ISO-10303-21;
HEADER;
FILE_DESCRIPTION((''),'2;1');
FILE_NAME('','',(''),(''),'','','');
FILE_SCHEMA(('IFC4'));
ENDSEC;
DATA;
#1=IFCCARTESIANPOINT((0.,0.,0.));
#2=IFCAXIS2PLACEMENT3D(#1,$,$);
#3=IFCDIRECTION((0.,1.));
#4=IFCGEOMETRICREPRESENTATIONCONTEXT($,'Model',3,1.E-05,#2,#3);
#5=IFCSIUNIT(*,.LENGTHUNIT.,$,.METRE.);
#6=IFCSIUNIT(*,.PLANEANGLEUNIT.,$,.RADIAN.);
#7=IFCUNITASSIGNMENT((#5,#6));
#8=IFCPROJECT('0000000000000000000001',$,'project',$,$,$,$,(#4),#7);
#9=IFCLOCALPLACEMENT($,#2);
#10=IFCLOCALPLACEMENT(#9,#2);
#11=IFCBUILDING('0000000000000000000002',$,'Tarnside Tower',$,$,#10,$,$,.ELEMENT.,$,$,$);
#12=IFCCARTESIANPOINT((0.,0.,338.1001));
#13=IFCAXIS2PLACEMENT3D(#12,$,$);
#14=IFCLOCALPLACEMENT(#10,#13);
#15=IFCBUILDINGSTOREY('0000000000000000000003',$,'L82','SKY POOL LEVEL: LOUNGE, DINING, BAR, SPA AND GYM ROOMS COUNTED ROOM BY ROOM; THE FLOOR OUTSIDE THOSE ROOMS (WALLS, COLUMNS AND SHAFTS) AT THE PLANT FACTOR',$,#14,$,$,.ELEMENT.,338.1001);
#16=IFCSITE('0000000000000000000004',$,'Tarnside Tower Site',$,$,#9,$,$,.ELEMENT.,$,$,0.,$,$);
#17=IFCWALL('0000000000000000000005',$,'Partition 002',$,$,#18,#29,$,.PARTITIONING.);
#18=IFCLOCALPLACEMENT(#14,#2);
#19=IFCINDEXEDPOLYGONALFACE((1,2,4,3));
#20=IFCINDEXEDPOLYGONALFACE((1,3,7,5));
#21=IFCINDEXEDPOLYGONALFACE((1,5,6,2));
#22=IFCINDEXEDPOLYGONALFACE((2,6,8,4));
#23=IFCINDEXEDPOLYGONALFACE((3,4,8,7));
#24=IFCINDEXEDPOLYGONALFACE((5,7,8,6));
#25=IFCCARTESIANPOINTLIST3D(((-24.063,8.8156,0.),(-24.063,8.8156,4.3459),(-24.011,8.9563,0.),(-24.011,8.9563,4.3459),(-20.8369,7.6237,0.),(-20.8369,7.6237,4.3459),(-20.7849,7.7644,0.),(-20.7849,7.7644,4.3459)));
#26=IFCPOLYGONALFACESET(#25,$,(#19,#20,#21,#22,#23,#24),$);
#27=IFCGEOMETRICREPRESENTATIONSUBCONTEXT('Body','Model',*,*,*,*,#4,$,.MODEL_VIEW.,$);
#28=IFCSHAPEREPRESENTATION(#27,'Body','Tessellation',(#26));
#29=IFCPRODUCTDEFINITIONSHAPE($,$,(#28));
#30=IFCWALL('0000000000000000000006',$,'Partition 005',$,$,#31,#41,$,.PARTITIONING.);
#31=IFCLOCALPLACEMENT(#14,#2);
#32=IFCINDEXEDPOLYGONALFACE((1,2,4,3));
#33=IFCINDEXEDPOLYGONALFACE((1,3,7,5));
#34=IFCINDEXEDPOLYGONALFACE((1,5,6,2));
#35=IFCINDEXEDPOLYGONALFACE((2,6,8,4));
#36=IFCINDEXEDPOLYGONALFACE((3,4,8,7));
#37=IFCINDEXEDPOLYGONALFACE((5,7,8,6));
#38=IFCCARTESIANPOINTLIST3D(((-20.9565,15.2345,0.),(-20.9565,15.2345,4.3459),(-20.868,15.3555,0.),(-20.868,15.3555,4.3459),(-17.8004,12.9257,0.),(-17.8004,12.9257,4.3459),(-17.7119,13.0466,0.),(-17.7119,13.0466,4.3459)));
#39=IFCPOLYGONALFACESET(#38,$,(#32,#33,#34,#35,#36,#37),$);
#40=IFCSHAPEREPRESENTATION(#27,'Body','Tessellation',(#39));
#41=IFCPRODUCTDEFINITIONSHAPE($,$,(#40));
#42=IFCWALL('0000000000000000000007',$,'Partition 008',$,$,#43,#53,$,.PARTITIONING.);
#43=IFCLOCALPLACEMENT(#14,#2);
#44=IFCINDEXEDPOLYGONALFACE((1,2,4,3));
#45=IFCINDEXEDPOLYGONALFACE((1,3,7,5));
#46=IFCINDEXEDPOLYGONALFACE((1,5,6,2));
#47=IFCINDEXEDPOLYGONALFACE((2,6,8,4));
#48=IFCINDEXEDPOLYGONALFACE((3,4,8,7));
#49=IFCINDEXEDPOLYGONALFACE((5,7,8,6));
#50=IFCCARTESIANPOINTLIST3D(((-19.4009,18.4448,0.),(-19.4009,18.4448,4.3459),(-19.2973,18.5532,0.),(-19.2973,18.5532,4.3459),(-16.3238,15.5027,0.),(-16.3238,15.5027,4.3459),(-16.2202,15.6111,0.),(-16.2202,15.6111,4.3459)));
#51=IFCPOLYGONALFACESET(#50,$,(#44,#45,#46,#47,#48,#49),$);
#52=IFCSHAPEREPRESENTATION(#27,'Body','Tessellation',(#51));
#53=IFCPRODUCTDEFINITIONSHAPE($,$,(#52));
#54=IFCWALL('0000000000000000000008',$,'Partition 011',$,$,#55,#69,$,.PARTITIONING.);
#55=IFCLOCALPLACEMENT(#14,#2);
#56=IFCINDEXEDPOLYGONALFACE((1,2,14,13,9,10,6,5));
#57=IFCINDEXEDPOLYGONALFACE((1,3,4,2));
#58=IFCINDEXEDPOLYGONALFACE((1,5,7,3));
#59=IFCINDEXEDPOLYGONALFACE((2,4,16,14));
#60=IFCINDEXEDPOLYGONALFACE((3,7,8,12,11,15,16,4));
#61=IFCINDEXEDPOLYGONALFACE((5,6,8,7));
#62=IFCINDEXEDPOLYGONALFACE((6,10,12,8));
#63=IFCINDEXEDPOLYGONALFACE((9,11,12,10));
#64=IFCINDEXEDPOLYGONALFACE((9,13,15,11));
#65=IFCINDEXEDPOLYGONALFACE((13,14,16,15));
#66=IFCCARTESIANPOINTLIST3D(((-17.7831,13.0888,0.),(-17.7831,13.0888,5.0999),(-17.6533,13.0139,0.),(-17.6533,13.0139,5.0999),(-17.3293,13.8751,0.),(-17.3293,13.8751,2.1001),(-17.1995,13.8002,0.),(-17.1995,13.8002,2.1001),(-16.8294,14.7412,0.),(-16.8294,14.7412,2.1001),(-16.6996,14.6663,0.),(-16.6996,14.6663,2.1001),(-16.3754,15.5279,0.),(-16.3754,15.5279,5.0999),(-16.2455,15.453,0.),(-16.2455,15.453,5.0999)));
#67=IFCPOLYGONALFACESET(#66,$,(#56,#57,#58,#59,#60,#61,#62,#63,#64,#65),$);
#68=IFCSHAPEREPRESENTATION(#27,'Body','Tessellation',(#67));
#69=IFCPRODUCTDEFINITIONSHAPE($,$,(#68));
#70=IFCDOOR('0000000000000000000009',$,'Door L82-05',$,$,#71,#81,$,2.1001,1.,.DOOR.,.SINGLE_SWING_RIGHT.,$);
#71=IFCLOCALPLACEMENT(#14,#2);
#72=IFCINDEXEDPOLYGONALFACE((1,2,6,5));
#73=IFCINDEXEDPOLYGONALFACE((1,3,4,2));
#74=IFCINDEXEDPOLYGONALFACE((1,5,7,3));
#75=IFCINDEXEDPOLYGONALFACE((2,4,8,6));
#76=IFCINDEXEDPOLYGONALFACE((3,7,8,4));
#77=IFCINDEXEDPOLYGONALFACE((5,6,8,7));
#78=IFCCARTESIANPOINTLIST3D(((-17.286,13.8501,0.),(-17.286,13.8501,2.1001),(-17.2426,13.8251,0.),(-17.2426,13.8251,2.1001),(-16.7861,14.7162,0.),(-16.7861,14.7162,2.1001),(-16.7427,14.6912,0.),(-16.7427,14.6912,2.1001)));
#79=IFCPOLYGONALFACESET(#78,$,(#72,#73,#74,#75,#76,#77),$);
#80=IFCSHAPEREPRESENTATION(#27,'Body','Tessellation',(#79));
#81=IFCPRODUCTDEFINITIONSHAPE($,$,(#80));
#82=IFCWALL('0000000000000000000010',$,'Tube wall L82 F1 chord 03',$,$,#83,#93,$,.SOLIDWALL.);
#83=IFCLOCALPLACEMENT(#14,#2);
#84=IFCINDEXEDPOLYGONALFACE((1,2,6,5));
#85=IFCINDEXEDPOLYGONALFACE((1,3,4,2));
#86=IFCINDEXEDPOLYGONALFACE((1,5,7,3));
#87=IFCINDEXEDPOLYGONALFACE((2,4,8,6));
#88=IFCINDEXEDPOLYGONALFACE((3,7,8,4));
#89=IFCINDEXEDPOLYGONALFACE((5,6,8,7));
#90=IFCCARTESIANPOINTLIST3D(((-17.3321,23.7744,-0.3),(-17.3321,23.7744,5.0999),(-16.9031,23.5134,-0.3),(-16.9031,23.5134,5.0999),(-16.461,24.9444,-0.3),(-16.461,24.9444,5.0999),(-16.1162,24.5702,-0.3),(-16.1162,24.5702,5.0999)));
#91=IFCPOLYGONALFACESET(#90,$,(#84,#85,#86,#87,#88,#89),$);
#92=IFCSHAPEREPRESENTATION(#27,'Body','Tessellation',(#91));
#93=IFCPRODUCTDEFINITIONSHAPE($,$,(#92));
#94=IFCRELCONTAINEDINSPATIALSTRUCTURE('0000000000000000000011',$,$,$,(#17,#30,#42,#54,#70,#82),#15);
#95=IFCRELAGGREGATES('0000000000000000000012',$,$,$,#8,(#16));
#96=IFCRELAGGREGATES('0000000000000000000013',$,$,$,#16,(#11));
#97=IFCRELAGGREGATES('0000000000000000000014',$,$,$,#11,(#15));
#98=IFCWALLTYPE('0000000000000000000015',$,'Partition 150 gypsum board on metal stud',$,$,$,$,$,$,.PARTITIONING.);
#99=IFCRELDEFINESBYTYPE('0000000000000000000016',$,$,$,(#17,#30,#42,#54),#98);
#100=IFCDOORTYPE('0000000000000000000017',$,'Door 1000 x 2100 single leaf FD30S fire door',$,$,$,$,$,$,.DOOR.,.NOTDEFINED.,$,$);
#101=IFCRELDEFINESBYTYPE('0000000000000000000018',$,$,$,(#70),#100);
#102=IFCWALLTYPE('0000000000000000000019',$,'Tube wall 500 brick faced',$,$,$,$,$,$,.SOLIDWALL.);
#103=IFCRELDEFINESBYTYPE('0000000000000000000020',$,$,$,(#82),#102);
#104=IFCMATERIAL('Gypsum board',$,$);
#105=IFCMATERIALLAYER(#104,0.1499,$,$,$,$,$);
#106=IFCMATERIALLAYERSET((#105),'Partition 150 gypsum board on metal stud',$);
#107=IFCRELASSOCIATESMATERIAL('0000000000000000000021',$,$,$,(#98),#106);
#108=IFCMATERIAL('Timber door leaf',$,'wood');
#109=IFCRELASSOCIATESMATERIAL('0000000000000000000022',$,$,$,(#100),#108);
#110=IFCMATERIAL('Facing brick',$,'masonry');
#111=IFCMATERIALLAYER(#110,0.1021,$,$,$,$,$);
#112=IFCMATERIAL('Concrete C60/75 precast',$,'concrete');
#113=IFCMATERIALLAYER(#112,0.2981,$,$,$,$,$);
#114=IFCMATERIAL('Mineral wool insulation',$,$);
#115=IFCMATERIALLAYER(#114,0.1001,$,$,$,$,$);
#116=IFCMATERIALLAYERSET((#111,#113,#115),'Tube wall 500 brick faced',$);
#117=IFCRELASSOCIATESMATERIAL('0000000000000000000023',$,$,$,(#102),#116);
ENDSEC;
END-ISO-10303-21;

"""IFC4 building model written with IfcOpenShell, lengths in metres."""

from ifc_helpers import new_model, si_unit, direction, frame, frame_2d, origin, place, context, subcontext, project, spatial, polyline, rectangle, outline, extrude, material, layer, layer_set, type_object, element, fill, save


model = new_model("IFC4")

# Units and contexts
model_context = context("Model", 3, precision=1e-05, world=origin(), true_north=direction((0.0, 1.0)))
body_context = subcontext(model_context, "Body", "Model", "MODEL_VIEW")
ifc_project = project(units=[si_unit("LENGTHUNIT", "METRE"), si_unit("PLANEANGLEUNIT", "RADIAN")], contexts=[model_context])

# Site, building, storey
site_placement = place(None, origin())
site = spatial("IfcSite", under=ifc_project, at=site_placement, Name="Tarnside Tower Site", CompositionType="ELEMENT", RefElevation=0.0)
building_placement = place(site_placement, origin())
building = spatial("IfcBuilding", under=site, at=building_placement, Name="Tarnside Tower", CompositionType="ELEMENT")
storey_placement = place(building_placement, frame((0.0, 0.0, 338.1001)))
storey = spatial("IfcBuildingStorey", under=building, at=storey_placement, Name="L82", Description="SKY POOL LEVEL: LOUNGE, DINING, BAR, SPA AND GYM ROOMS COUNTED ROOM BY ROOM; THE FLOOR OUTSIDE THOSE ROOMS (WALLS, COLUMNS AND SHAFTS) AT THE PLANT FACTOR", CompositionType="ELEMENT", Elevation=338.1001)

# Walls
ifc_material_1 = material(Name="Gypsum board")
ifc_layer_1 = layer(ifc_material_1, 0.1499)
ifc_layer_set_1 = layer_set([ifc_layer_1], Name="Partition 150 gypsum board on metal stud")
wall_type_1 = type_object("IfcWallType", Name="Partition 150 gypsum board on metal stud", PredefinedType="PARTITIONING", material=ifc_layer_set_1)
wall_1_placement = place(storey_placement, frame((-24.0371, 8.886, 0.0), z_axis=(0.0, 0.0, 1.0), x_axis=(0.938028, -0.346561, 0.0)))
element("IfcWall", 1, at=wall_1_placement, inside=storey, type_object=wall_type_1, Name="Partition 002", PredefinedType="PARTITIONING", context=body_context, shape_type="SweptSolid", body=[
    extrude(rectangle(XDim=3.4392, YDim=0.1499, at=frame_2d((1.7197, 0.0))), origin(), (0.0, 0.0, 1.0), 4.3459),
])
wall_2_placement = place(storey_placement, frame((-20.9121, 15.2949, 0.0), z_axis=(0.0, 0.0, 1.0), x_axis=(0.807083, -0.590438, 0.0)))
element("IfcWall", 2, at=wall_2_placement, inside=storey, type_object=wall_type_1, Name="Partition 005", PredefinedType="PARTITIONING", context=body_context, shape_type="SweptSolid", body=[
    extrude(rectangle(XDim=3.9104, YDim=0.1499, at=frame_2d((1.9551, 0.0))), origin(), (0.0, 0.0, 1.0), 4.3459),
])
wall_3_placement = place(storey_placement, frame((-19.3491, 18.499, 0.0), z_axis=(0.0, 0.0, 1.0), x_axis=(0.722785, -0.691073, 0.0)))
element("IfcWall", 3, at=wall_3_placement, inside=storey, type_object=wall_type_1, Name="Partition 008", PredefinedType="PARTITIONING", context=body_context, shape_type="SweptSolid", body=[
    extrude(rectangle(XDim=4.2573, YDim=0.1499, at=frame_2d((2.1287, 0.0))), origin(), (0.0, 0.0, 1.0), 4.3459),
])

# Wall, opening, door
wall_4_placement = place(storey_placement, frame((-17.7183, 13.0513, 0.0), z_axis=(0.0, 0.0, 1.0), x_axis=(0.499888, 0.86609, 0.0)))
wall_4 = element("IfcWall", 4, at=wall_4_placement, inside=storey, type_object=wall_type_1, Name="Partition 011", PredefinedType="PARTITIONING", context=body_context, shape_type="SweptSolid", body=[
    extrude(rectangle(XDim=2.8162, YDim=0.1499, at=frame_2d((1.4082, 0.0))), origin(), (0.0, 0.0, 1.0), 5.0999),
])
opening_1_placement = place(wall_4_placement, frame((0.908, 0.0, 0.0)))
opening_1 = element("IfcOpeningElement", 5, at=opening_1_placement, cuts=wall_4, PredefinedType="OPENING", context=body_context, shape_type="SweptSolid", body=[
    extrude(rectangle(XDim=1.0, YDim=2.1001, at=frame_2d((0.5, 1.05))), frame((0.0, 0.085, 0.0), z_axis=(0.0, -1.0, 0.0), x_axis=(1.0, 0.0, 0.0)), (0.0, 0.0, 1.0), 0.1699),
])
ifc_material_2 = material(Name="Timber door leaf", Category="wood")
door_type = type_object("IfcDoorType", Name="Door 1000 x 2100 single leaf FD30S fire door", OperationType="NOTDEFINED", PredefinedType="DOOR", material=ifc_material_2)
door_placement = place(opening_1_placement, origin())
door = element("IfcDoor", 6, at=door_placement, inside=storey, type_object=door_type, Name="Door L82-05", OperationType="SINGLE_SWING_RIGHT", OverallHeight=2.1001, OverallWidth=1.0, PredefinedType="DOOR", context=body_context, shape_type="SweptSolid", body=[
    extrude(rectangle(XDim=1.0, YDim=2.1001, at=frame_2d((0.5, 1.05))), frame((0.0, 0.0249, 0.0), z_axis=(0.0, -1.0, 0.0), x_axis=(1.0, 0.0, 0.0)), (0.0, 0.0, 1.0), 0.05),
])
fill(opening_1, door)

# Wall
ifc_material_3 = material(Name="Facing brick", Category="masonry")
ifc_layer_2 = layer(ifc_material_3, 0.1021)
ifc_material_4 = material(Name="Concrete C60/75 precast", Category="concrete")
ifc_layer_3 = layer(ifc_material_4, 0.2981)
ifc_material_5 = material(Name="Mineral wool insulation")
ifc_layer_4 = layer(ifc_material_5, 0.1001)
ifc_layer_set_2 = layer_set([ifc_layer_2, ifc_layer_3, ifc_layer_4], Name="Tube wall 500 brick faced")
wall_type_2 = type_object("IfcWallType", Name="Tube wall 500 brick faced", PredefinedType="SOLIDWALL", material=ifc_layer_set_2)
wall_5_placement = place(storey_placement, frame((-16.2886, 24.7573, -0.3), z_axis=(0.0, 0.0, 1.0), x_axis=(-0.597211, -0.802084, 0.0)))
element("IfcWall", 7, at=wall_5_placement, inside=storey, type_object=wall_type_2, Name="Tube wall L82 F1 chord 03", PredefinedType="SOLIDWALL", context=body_context, shape_type="SweptSolid", body=[
    extrude(outline(polyline([(-0.0471, -0.25), (1.4116, -0.25), (1.3647, 0.25), (0.0471, 0.25), (-0.0471, -0.25)])), origin(), (0.0, 0.0, 1.0), 5.3999),
])

save(model, "model.ifc")
